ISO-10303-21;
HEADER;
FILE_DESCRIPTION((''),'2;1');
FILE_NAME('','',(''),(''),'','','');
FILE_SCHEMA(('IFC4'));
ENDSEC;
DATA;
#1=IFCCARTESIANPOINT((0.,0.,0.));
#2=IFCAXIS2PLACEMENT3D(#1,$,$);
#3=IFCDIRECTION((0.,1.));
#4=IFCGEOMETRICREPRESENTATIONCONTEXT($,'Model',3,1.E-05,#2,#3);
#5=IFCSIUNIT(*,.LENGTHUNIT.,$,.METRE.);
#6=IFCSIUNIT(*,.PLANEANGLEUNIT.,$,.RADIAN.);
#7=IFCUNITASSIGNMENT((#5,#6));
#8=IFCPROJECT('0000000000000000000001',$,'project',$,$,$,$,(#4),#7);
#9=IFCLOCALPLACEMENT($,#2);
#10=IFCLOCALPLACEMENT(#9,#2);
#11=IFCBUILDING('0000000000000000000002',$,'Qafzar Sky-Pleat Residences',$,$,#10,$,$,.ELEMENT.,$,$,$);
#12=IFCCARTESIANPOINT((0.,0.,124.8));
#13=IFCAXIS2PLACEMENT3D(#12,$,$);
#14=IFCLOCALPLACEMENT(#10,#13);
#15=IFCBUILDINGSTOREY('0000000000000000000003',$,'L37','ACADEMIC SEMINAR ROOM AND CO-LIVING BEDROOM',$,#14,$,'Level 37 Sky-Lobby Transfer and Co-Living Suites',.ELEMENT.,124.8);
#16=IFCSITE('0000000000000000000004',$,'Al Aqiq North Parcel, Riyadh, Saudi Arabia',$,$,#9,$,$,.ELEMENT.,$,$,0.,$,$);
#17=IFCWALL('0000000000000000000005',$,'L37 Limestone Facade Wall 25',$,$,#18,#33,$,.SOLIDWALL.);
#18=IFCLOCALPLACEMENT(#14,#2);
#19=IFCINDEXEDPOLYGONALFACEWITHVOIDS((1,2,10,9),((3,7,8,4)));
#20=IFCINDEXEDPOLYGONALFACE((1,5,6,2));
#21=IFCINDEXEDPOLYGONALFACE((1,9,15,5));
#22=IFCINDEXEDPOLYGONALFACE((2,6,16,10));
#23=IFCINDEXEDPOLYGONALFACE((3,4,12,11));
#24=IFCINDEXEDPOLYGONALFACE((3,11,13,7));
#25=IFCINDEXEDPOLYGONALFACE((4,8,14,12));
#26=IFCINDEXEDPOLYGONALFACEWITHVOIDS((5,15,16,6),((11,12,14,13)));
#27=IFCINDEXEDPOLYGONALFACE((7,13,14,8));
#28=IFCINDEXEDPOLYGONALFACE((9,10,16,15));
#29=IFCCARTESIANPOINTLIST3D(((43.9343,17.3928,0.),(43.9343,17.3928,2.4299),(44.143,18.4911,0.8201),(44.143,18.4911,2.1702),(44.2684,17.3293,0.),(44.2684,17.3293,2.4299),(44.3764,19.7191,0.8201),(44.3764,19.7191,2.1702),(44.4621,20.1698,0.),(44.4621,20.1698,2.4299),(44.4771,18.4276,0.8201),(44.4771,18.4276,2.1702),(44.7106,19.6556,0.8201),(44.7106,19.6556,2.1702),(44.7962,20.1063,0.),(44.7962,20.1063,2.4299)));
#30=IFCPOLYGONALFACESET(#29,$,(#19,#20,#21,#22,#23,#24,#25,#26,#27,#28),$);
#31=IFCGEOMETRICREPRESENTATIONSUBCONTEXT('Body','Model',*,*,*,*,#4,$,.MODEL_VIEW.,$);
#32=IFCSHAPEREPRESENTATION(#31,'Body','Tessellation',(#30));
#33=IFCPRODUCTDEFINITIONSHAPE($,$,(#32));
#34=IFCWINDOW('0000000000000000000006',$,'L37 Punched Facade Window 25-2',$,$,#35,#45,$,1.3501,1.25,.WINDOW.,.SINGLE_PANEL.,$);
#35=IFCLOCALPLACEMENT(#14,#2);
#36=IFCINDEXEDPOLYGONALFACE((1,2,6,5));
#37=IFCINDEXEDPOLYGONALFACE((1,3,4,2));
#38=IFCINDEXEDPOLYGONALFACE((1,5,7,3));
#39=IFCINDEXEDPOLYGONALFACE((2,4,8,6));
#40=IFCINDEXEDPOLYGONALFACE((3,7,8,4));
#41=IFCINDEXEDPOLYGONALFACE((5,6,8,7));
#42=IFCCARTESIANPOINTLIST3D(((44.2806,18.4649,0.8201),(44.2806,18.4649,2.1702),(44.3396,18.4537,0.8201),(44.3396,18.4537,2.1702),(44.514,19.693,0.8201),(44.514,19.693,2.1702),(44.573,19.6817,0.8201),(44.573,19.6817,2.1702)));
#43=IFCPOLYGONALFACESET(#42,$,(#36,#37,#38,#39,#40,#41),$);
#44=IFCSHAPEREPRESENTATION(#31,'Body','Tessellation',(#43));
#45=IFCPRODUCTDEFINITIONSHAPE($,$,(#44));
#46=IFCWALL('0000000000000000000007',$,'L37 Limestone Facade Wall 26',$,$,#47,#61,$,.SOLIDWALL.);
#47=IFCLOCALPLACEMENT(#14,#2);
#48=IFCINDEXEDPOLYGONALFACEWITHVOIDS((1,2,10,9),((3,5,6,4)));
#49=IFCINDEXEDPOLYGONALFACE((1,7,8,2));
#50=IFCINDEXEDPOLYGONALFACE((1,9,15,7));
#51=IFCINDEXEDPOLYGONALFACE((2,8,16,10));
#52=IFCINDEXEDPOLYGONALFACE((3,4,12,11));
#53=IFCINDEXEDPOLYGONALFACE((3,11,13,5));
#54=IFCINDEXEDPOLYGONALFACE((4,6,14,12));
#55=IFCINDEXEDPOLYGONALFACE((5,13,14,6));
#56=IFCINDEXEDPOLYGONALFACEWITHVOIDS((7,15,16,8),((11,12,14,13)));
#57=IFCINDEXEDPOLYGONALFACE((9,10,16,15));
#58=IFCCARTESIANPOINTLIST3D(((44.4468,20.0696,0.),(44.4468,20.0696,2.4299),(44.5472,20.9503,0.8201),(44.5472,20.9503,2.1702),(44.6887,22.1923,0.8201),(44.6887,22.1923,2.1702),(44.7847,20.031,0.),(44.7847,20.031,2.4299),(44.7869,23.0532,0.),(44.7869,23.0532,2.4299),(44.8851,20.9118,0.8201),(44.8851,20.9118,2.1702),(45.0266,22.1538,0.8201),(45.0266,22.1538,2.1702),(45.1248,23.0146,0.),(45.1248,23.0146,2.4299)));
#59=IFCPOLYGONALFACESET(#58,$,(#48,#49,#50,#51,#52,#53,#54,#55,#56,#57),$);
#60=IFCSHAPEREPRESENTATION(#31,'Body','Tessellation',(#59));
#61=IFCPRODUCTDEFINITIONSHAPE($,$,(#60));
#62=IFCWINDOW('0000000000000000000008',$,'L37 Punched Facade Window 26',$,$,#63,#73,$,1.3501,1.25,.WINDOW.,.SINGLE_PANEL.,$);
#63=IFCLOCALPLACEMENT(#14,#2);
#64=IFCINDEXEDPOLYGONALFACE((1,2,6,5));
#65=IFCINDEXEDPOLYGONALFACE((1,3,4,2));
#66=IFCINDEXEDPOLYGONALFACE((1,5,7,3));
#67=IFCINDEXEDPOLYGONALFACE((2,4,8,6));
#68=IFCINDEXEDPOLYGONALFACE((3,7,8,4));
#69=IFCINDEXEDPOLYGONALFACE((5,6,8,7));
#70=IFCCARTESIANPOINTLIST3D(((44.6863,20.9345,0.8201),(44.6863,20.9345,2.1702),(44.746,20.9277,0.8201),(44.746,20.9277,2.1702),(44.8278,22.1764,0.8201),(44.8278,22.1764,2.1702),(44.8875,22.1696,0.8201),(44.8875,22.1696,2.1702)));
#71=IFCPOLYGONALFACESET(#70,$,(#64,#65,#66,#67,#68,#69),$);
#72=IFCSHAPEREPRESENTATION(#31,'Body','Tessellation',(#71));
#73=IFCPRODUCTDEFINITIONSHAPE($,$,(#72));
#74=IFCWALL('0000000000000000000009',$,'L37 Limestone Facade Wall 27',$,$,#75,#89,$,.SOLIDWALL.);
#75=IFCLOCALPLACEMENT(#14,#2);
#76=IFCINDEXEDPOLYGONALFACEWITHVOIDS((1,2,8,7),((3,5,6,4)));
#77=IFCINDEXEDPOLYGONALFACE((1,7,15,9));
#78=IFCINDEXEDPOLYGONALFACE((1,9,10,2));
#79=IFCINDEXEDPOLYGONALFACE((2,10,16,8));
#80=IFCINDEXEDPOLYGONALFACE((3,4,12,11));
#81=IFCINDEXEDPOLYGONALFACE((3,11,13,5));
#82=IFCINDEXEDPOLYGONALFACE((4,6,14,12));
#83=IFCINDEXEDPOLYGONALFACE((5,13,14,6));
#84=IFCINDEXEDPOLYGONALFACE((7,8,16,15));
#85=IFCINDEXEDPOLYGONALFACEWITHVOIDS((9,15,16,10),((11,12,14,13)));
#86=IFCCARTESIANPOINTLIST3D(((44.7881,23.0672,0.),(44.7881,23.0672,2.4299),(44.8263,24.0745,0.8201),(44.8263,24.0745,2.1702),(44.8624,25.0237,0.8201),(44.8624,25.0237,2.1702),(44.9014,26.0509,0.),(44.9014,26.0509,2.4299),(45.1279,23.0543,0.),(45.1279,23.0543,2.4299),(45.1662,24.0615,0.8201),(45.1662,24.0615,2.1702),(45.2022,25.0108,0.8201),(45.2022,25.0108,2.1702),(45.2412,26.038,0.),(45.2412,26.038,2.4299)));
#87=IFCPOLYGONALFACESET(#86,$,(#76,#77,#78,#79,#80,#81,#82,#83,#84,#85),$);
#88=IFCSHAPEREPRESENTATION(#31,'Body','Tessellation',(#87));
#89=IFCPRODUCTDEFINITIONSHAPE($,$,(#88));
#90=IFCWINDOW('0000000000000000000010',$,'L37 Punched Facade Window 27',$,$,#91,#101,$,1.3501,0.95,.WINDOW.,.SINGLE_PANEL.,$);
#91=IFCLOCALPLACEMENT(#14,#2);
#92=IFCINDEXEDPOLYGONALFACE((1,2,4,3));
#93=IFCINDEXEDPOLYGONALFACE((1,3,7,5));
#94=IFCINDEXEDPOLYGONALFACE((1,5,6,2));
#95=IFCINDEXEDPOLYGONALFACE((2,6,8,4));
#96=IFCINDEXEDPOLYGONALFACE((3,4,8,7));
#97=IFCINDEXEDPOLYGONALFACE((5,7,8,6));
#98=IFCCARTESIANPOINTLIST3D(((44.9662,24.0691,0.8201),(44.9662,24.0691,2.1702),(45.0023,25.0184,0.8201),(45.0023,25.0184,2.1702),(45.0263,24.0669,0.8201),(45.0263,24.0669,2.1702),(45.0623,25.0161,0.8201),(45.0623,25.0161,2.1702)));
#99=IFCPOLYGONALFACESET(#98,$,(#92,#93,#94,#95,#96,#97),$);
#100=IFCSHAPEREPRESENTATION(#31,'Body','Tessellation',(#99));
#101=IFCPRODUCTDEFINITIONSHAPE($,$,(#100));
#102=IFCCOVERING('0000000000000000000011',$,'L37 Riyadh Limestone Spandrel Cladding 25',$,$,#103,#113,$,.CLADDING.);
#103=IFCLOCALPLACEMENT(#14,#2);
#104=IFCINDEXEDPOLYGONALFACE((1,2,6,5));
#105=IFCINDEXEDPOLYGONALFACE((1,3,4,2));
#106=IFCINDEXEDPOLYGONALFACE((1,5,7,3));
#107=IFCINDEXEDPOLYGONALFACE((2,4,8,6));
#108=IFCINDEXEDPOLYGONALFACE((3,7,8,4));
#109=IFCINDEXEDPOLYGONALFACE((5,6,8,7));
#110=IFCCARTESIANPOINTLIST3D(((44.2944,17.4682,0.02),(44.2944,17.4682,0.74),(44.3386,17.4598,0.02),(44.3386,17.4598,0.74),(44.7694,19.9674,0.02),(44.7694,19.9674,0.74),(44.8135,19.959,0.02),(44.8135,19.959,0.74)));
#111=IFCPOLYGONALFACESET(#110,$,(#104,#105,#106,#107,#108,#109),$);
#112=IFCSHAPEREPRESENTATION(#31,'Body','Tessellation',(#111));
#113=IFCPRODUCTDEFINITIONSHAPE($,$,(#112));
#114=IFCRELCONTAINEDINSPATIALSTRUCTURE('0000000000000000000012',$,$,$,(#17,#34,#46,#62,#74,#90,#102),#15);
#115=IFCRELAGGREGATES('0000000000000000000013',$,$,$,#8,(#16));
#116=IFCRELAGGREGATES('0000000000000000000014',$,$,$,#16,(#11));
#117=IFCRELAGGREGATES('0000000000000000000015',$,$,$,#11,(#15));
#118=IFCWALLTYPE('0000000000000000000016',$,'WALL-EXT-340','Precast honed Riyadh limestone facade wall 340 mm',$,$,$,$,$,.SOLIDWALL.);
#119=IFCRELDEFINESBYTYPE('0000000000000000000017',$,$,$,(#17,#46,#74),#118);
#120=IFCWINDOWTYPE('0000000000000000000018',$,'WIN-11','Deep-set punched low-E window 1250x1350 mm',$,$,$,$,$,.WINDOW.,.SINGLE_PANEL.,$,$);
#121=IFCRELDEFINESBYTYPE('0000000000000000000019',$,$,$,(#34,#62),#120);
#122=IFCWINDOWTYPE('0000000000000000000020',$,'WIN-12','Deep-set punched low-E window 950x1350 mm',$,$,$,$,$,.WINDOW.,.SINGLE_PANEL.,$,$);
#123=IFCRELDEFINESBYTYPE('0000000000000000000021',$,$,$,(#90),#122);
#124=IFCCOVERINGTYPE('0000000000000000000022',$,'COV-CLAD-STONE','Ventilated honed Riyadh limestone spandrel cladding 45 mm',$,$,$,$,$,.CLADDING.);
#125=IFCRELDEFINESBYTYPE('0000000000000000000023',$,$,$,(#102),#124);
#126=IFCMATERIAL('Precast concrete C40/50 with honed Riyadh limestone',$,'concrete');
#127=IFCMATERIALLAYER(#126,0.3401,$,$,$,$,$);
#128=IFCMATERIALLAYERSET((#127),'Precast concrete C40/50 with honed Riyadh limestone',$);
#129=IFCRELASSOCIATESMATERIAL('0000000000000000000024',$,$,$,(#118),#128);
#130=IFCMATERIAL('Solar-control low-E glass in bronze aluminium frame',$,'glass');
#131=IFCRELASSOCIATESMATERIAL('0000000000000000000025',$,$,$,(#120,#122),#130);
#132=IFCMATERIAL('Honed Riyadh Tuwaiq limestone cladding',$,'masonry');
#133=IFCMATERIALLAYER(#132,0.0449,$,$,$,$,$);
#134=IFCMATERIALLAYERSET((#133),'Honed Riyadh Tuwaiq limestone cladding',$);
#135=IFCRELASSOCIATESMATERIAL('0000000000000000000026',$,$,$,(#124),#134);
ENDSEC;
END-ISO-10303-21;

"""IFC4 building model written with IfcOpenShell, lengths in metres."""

from ifc_helpers import new_model, si_unit, direction, frame, frame_2d, origin, origin_2d, place, context, subcontext, project, spatial, rectangle, extrude, source, transform, mapped, material, layer, layer_set, type_object, element, fill, save


model = new_model("IFC4")

# Units and contexts
model_context = context("Model", 3, precision=1e-05, world=origin(), true_north=direction((0.0, 1.0)))
body_context = subcontext(model_context, "Body", "Model", "MODEL_VIEW")
ifc_project = project(units=[si_unit("LENGTHUNIT", "METRE"), si_unit("PLANEANGLEUNIT", "RADIAN")], contexts=[model_context])

# Site, building, storey
site_placement = place(None, origin())
site = spatial("IfcSite", under=ifc_project, at=site_placement, Name="Al Aqiq North Parcel, Riyadh, Saudi Arabia", CompositionType="ELEMENT", RefElevation=0.0)
building_placement = place(site_placement, origin())
building = spatial("IfcBuilding", under=site, at=building_placement, Name="Qafzar Sky-Pleat Residences", CompositionType="ELEMENT")
storey_placement = place(building_placement, frame((0.0, 0.0, 124.8)))
storey = spatial("IfcBuildingStorey", under=building, at=storey_placement, Name="L37", Description="ACADEMIC SEMINAR ROOM AND CO-LIVING BEDROOM", LongName="Level 37 Sky-Lobby Transfer and Co-Living Suites", CompositionType="ELEMENT", Elevation=124.8)

# Shared definitions
ifc_material_1 = material(Name="Precast concrete C40/50 with honed Riyadh limestone", Category="concrete")
ifc_layer_1 = layer(ifc_material_1, 0.3401)
ifc_layer_set_1 = layer_set([ifc_layer_1], Name="Precast concrete C40/50 with honed Riyadh limestone")
wall_type_1 = type_object("IfcWallType", Name="WALL-EXT-340", Description="Precast honed Riyadh limestone facade wall 340 mm", PredefinedType="SOLIDWALL", material=ifc_layer_set_1)

# Walls, openings, windows
wall_1_placement = place(storey_placement, frame((44.1013, 17.3611, 0.0), z_axis=(0.0, 0.0, 1.0), x_axis=(0.186739, 0.98241, 0.0)))
wall_1 = element("IfcWall", 1, at=wall_1_placement, inside=storey, type_object=wall_type_1, Name="L37 Limestone Facade Wall 25", PredefinedType="SOLIDWALL", context=body_context, shape_type="SweptSolid", body=[
    extrude(rectangle(XDim=2.8267, YDim=0.3401, at=frame_2d((1.4133, 0.0))), origin(), (0.0, 0.0, 1.0), 2.4299),
])
opening_1_placement = place(wall_1_placement, frame((1.1179, 0.0, 0.8201)))
opening_1 = element("IfcOpeningElement", 2, at=opening_1_placement, cuts=wall_1, PredefinedType="OPENING", context=body_context, shape_type="SweptSolid", body=[
    extrude(rectangle(XDim=1.25, YDim=1.3501, at=frame_2d((0.625, 0.675))), frame((0.0, 0.1802, 0.0), z_axis=(0.0, -1.0, 0.0), x_axis=(1.0, 0.0, 0.0)), (0.0, 0.0, 1.0), 0.3601),
])
ifc_material_2 = material(Name="Solar-control low-E glass in bronze aluminium frame", Category="glass")
window_type_1 = type_object("IfcWindowType", Name="WIN-11", Description="Deep-set punched low-E window 1250x1350 mm", PartitioningType="SINGLE_PANEL", PredefinedType="WINDOW", material=ifc_material_2)
shared_shape_1 = source(origin(), body_context, "Body", "SweptSolid", [
    extrude(rectangle(XDim=1.25, YDim=1.3501, at=frame_2d((0.625, 0.675))), frame((0.0, 0.03, 0.0), z_axis=(0.0, -1.0, 0.0), x_axis=(1.0, 0.0, 0.0)), (0.0, 0.0, 1.0), 0.0601),
])
window_1_placement = place(opening_1_placement, origin())
window_1 = element("IfcWindow", 3, at=window_1_placement, inside=storey, type_object=window_type_1, Name="L37 Punched Facade Window 25-2", OverallHeight=1.3501, OverallWidth=1.25, PartitioningType="SINGLE_PANEL", PredefinedType="WINDOW", context=body_context, shape_type="MappedRepresentation", body=[
    mapped(shared_shape_1, transform((0.0, 0.0, 0.0), x_axis=(1.0, 0.0, 0.0), y_axis=(0.0, 1.0, 0.0), z_axis=(0.0, 0.0, 1.0), scale=1.0)),
])
fill(opening_1, window_1)
wall_2_placement = place(storey_placement, frame((44.6157, 20.0503, 0.0), z_axis=(0.0, 0.0, 1.0), x_axis=(0.113251, 0.993566, 0.0)))
wall_2 = element("IfcWall", 4, at=wall_2_placement, inside=storey, type_object=wall_type_1, Name="L37 Limestone Facade Wall 26", PredefinedType="SOLIDWALL", context=body_context, shape_type="SweptSolid", body=[
    extrude(rectangle(XDim=3.0029, YDim=0.3401, at=frame_2d((1.5015, 0.0))), origin(), (0.0, 0.0, 1.0), 2.4299),
])
opening_2_placement = place(wall_2_placement, frame((0.8865, 0.0, 0.8201)))
opening_2 = element("IfcOpeningElement", 5, at=opening_2_placement, cuts=wall_2, PredefinedType="OPENING", context=body_context, shape_type="SweptSolid", body=[
    extrude(rectangle(XDim=1.25, YDim=1.3501, at=frame_2d((0.625, 0.675))), frame((0.0, 0.1802, 0.0), z_axis=(0.0, -1.0, 0.0), x_axis=(1.0, 0.0, 0.0)), (0.0, 0.0, 1.0), 0.3601),
])
window_2_placement = place(opening_2_placement, origin())
window_2 = element("IfcWindow", 6, at=window_2_placement, inside=storey, type_object=window_type_1, Name="L37 Punched Facade Window 26", OverallHeight=1.3501, OverallWidth=1.25, PartitioningType="SINGLE_PANEL", PredefinedType="WINDOW", context=body_context, shape_type="MappedRepresentation", body=[
    mapped(shared_shape_1, transform((0.0, 0.0, 0.0), x_axis=(1.0, 0.0, 0.0), y_axis=(0.0, 1.0, 0.0), z_axis=(0.0, 0.0, 1.0), scale=1.0)),
])
fill(opening_2, window_2)
wall_3_placement = place(storey_placement, frame((44.958, 23.0608, 0.0), z_axis=(0.0, 0.0, 1.0), x_axis=(0.03794, 0.99928, 0.0)))
wall_3 = element("IfcWall", 7, at=wall_3_placement, inside=storey, type_object=wall_type_1, Name="L37 Limestone Facade Wall 27", PredefinedType="SOLIDWALL", context=body_context, shape_type="SweptSolid", body=[
    extrude(rectangle(XDim=2.9858, YDim=0.3401, at=frame_2d((1.4929, 0.0))), origin(), (0.0, 0.0, 1.0), 2.4299),
])
opening_3_placement = place(wall_3_placement, frame((1.0078, 0.0, 0.8201)))
opening_3 = element("IfcOpeningElement", 8, at=opening_3_placement, cuts=wall_3, PredefinedType="OPENING", context=body_context, shape_type="SweptSolid", body=[
    extrude(rectangle(XDim=0.95, YDim=1.3501, at=frame_2d((0.4751, 0.675))), frame((0.0, 0.1802, 0.0), z_axis=(0.0, -1.0, 0.0), x_axis=(1.0, 0.0, 0.0)), (0.0, 0.0, 1.0), 0.3601),
])
window_type_2 = type_object("IfcWindowType", Name="WIN-12", Description="Deep-set punched low-E window 950x1350 mm", PartitioningType="SINGLE_PANEL", PredefinedType="WINDOW", material=ifc_material_2)
shared_shape_2 = source(origin(), body_context, "Body", "SweptSolid", [
    extrude(rectangle(XDim=0.95, YDim=1.3501, at=frame_2d((0.4751, 0.675))), frame((0.0, 0.03, 0.0), z_axis=(0.0, -1.0, 0.0), x_axis=(1.0, 0.0, 0.0)), (0.0, 0.0, 1.0), 0.0601),
])
window_3_placement = place(opening_3_placement, origin())
window_3 = element("IfcWindow", 9, at=window_3_placement, inside=storey, type_object=window_type_2, Name="L37 Punched Facade Window 27", OverallHeight=1.3501, OverallWidth=0.95, PartitioningType="SINGLE_PANEL", PredefinedType="WINDOW", context=body_context, shape_type="MappedRepresentation", body=[
    mapped(shared_shape_2, transform((0.0, 0.0, 0.0), x_axis=(1.0, 0.0, 0.0), y_axis=(0.0, 1.0, 0.0), z_axis=(0.0, 0.0, 1.0), scale=1.0)),
])
fill(opening_3, window_3)

# Covering
ifc_material_3 = material(Name="Honed Riyadh Tuwaiq limestone cladding", Category="masonry")
ifc_layer_2 = layer(ifc_material_3, 0.0449)
ifc_layer_set_2 = layer_set([ifc_layer_2], Name="Honed Riyadh Tuwaiq limestone cladding")
covering_type = type_object("IfcCoveringType", Name="COV-CLAD-STONE", Description="Ventilated honed Riyadh limestone spandrel cladding 45 mm", PredefinedType="CLADDING", material=ifc_layer_set_2)
shared_shape_3 = source(origin(), body_context, "Body", "SweptSolid", [
    extrude(rectangle(XDim=2.5439, YDim=0.0449, at=origin_2d()), origin(), (0.0, 0.0, 1.0), 0.72),
])
covering_placement = place(storey_placement, frame((44.554, 18.7136, 0.02), z_axis=(0.0, 0.0, 1.0), x_axis=(0.186691, 0.982419, 0.0)))
element("IfcCovering", 10, at=covering_placement, inside=storey, type_object=covering_type, Name="L37 Riyadh Limestone Spandrel Cladding 25", PredefinedType="CLADDING", context=body_context, shape_type="MappedRepresentation", body=[
    mapped(shared_shape_3, transform((0.0, 0.0, 0.0), x_axis=(1.0, 0.0, 0.0), y_axis=(0.0, 1.0, 0.0), z_axis=(0.0, 0.0, 1.0), scale=1.0)),
])

save(model, "model.ifc")
